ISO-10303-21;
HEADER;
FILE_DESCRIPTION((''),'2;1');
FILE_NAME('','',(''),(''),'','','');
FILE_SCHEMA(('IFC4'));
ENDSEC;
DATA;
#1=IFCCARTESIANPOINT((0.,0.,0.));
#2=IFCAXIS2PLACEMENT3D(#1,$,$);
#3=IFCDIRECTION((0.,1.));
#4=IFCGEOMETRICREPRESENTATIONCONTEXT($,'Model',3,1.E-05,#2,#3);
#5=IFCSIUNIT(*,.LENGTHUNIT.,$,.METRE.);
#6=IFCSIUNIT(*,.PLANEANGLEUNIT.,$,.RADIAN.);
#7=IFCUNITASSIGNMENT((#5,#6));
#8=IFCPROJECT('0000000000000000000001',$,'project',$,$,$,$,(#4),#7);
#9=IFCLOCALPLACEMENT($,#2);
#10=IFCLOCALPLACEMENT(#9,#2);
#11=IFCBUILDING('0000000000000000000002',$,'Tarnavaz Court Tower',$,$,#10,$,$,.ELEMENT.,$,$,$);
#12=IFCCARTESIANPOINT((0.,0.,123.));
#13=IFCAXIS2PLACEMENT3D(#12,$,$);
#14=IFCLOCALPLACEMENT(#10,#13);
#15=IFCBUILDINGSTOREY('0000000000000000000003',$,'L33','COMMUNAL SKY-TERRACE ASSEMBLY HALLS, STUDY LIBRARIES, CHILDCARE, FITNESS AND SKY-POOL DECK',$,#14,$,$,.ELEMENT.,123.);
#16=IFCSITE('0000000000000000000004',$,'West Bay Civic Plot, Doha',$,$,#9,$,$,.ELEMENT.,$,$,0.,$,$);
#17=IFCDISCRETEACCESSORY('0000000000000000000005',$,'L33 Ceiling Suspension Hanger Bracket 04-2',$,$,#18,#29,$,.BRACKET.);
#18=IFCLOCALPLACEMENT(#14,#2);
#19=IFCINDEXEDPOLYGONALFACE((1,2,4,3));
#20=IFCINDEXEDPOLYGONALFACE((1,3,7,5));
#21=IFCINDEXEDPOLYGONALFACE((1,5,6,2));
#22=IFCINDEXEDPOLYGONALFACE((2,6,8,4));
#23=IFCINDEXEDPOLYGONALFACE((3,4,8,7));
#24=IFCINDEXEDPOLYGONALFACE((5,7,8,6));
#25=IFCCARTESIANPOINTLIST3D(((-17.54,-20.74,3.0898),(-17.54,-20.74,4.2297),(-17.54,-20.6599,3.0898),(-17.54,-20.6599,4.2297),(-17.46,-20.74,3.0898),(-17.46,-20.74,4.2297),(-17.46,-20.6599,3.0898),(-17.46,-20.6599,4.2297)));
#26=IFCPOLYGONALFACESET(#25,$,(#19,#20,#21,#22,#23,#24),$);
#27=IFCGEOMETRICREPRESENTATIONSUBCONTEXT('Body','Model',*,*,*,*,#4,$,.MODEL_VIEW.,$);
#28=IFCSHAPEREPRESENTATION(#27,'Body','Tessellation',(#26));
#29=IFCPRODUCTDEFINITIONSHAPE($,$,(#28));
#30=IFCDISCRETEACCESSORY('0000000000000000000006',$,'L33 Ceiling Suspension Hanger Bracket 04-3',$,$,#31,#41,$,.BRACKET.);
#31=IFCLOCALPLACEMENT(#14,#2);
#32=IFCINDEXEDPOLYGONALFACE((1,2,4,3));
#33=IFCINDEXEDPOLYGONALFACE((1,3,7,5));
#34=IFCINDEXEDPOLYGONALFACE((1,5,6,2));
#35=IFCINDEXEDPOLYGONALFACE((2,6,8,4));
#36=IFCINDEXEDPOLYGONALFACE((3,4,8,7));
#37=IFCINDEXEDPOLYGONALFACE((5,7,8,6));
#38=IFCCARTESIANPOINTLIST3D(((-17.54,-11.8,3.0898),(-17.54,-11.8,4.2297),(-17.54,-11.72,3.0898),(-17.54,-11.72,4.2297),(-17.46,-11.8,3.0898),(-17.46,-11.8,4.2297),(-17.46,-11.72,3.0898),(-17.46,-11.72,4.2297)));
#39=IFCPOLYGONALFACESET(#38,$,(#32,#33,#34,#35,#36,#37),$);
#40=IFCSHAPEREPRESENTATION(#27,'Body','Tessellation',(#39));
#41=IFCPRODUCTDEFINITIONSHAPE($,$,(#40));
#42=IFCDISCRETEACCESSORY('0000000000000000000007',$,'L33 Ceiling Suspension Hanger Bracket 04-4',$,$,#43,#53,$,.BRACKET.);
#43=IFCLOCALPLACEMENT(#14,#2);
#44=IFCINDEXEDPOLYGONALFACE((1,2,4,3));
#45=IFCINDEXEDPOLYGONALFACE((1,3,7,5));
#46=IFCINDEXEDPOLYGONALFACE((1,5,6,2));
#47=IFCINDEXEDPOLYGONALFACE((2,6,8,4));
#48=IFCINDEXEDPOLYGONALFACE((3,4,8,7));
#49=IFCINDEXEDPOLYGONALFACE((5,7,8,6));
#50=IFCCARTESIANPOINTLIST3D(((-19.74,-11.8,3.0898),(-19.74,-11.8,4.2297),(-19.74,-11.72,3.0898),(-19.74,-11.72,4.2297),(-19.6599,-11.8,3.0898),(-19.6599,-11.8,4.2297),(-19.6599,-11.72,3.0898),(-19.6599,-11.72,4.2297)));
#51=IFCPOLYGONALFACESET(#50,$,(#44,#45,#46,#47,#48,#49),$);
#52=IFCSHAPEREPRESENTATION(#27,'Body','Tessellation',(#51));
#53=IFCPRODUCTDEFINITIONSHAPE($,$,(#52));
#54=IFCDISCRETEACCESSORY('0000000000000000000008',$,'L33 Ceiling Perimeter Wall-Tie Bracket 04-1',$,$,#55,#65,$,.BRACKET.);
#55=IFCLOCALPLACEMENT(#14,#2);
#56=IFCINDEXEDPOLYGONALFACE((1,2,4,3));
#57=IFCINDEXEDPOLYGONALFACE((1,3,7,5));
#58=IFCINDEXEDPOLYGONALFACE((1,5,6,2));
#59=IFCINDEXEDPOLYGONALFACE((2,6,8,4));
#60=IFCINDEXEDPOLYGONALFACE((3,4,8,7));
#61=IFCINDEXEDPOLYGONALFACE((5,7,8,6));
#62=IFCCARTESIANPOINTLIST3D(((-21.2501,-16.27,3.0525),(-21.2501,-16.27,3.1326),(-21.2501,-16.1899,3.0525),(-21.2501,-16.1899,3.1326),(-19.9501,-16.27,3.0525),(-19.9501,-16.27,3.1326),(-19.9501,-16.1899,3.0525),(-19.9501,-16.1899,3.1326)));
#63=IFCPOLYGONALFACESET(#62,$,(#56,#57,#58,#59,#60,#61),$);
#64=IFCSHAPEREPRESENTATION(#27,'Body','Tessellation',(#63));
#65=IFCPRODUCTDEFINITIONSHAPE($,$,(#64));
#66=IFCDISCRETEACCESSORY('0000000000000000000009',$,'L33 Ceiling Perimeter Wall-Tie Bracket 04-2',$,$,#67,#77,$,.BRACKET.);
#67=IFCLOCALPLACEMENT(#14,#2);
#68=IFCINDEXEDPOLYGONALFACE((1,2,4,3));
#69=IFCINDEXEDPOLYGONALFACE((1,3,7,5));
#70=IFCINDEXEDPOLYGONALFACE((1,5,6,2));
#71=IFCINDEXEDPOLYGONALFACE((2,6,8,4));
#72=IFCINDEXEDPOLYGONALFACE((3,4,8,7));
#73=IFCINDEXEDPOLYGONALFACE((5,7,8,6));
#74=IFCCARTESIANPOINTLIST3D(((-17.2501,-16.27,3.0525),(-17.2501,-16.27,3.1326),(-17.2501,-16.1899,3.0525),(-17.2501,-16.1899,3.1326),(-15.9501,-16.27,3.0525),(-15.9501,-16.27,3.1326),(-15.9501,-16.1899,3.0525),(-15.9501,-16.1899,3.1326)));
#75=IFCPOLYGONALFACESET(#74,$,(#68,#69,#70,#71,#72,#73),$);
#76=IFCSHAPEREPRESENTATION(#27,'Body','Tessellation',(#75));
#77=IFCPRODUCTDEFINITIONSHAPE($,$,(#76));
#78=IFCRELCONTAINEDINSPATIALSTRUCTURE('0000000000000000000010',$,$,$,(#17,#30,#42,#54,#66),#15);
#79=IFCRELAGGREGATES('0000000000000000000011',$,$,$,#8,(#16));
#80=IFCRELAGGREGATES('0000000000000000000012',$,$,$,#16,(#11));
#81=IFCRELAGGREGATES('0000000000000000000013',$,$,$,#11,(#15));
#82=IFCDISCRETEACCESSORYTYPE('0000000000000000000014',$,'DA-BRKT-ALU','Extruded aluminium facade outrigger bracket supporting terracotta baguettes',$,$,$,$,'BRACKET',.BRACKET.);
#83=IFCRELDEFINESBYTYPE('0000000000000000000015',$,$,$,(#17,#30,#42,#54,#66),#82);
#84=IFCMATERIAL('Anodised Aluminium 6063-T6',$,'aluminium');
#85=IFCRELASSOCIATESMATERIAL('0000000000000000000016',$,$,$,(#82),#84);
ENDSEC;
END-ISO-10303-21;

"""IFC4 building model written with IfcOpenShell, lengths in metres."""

from ifc_helpers import new_model, si_unit, direction, frame, origin, origin_2d, place, context, subcontext, project, spatial, rectangle, extrude, material, type_object, element, save


model = new_model("IFC4")

# Units and contexts
model_context = context("Model", 3, precision=1e-05, world=origin(), true_north=direction((0.0, 1.0)))
body_context = subcontext(model_context, "Body", "Model", "MODEL_VIEW")
ifc_project = project(units=[si_unit("LENGTHUNIT", "METRE"), si_unit("PLANEANGLEUNIT", "RADIAN")], contexts=[model_context])

# Site, building, storey
site_placement = place(None, origin())
site = spatial("IfcSite", under=ifc_project, at=site_placement, Name="West Bay Civic Plot, Doha", CompositionType="ELEMENT", RefElevation=0.0)
building_placement = place(site_placement, origin())
building = spatial("IfcBuilding", under=site, at=building_placement, Name="Tarnavaz Court Tower", CompositionType="ELEMENT")
storey_placement = place(building_placement, frame((0.0, 0.0, 123.0)))
storey = spatial("IfcBuildingStorey", under=building, at=storey_placement, Name="L33", Description="COMMUNAL SKY-TERRACE ASSEMBLY HALLS, STUDY LIBRARIES, CHILDCARE, FITNESS AND SKY-POOL DECK", CompositionType="ELEMENT", Elevation=123.0)

# Shared definitions
ifc_material_1 = material(Name="Anodised Aluminium 6063-T6", Category="aluminium")

# Discrete accessories
discrete_accessory_type = type_object("IfcDiscreteAccessoryType", Name="DA-BRKT-ALU", Description="Extruded aluminium facade outrigger bracket supporting terracotta baguettes", ElementType="BRACKET", PredefinedType="BRACKET", material=ifc_material_1)
for number, where, z_axis, x_axis, name in (
    (1, (-17.5, -20.7, 3.0898), (0.0, 0.0, 1.0), (1.0, 0.0, 0.0), "L33 Ceiling Suspension Hanger Bracket 04-2"),
    (2, (-17.5, -11.76, 3.0898), (0.0, 0.0, 1.0), (1.0, 0.0, 0.0), "L33 Ceiling Suspension Hanger Bracket 04-3"),
    (3, (-19.7, -11.76, 3.0898), (0.0, 0.0, 1.0), (1.0, 0.0, 0.0), "L33 Ceiling Suspension Hanger Bracket 04-4"),
):
    element("IfcDiscreteAccessory", number, at=place(storey_placement, frame(where, z_axis=z_axis, x_axis=x_axis)), inside=storey, type_object=discrete_accessory_type, Name=name, PredefinedType="BRACKET", context=body_context, shape_type="SweptSolid", body=[
        extrude(rectangle(XDim=0.0801, YDim=0.0801, at=origin_2d()), origin(), (0.0, 0.0, 1.0), 1.1399),
    ])
for number, where, z_axis, x_axis, name in (
    (4, (-20.6001, -16.23, 3.0525), (0.0, 0.0, 1.0), (1.0, 0.0, 0.0), "L33 Ceiling Perimeter Wall-Tie Bracket 04-1"),
    (5, (-16.6001, -16.23, 3.0525), (0.0, 0.0, 1.0), (1.0, 0.0, 0.0), "L33 Ceiling Perimeter Wall-Tie Bracket 04-2"),
):
    element("IfcDiscreteAccessory", number, at=place(storey_placement, frame(where, z_axis=z_axis, x_axis=x_axis)), inside=storey, type_object=discrete_accessory_type, Name=name, PredefinedType="BRACKET", context=body_context, shape_type="SweptSolid", body=[
        extrude(rectangle(XDim=1.3, YDim=0.0801, at=origin_2d()), origin(), (0.0, 0.0, 1.0), 0.0801),
    ])

save(model, "model.ifc")
